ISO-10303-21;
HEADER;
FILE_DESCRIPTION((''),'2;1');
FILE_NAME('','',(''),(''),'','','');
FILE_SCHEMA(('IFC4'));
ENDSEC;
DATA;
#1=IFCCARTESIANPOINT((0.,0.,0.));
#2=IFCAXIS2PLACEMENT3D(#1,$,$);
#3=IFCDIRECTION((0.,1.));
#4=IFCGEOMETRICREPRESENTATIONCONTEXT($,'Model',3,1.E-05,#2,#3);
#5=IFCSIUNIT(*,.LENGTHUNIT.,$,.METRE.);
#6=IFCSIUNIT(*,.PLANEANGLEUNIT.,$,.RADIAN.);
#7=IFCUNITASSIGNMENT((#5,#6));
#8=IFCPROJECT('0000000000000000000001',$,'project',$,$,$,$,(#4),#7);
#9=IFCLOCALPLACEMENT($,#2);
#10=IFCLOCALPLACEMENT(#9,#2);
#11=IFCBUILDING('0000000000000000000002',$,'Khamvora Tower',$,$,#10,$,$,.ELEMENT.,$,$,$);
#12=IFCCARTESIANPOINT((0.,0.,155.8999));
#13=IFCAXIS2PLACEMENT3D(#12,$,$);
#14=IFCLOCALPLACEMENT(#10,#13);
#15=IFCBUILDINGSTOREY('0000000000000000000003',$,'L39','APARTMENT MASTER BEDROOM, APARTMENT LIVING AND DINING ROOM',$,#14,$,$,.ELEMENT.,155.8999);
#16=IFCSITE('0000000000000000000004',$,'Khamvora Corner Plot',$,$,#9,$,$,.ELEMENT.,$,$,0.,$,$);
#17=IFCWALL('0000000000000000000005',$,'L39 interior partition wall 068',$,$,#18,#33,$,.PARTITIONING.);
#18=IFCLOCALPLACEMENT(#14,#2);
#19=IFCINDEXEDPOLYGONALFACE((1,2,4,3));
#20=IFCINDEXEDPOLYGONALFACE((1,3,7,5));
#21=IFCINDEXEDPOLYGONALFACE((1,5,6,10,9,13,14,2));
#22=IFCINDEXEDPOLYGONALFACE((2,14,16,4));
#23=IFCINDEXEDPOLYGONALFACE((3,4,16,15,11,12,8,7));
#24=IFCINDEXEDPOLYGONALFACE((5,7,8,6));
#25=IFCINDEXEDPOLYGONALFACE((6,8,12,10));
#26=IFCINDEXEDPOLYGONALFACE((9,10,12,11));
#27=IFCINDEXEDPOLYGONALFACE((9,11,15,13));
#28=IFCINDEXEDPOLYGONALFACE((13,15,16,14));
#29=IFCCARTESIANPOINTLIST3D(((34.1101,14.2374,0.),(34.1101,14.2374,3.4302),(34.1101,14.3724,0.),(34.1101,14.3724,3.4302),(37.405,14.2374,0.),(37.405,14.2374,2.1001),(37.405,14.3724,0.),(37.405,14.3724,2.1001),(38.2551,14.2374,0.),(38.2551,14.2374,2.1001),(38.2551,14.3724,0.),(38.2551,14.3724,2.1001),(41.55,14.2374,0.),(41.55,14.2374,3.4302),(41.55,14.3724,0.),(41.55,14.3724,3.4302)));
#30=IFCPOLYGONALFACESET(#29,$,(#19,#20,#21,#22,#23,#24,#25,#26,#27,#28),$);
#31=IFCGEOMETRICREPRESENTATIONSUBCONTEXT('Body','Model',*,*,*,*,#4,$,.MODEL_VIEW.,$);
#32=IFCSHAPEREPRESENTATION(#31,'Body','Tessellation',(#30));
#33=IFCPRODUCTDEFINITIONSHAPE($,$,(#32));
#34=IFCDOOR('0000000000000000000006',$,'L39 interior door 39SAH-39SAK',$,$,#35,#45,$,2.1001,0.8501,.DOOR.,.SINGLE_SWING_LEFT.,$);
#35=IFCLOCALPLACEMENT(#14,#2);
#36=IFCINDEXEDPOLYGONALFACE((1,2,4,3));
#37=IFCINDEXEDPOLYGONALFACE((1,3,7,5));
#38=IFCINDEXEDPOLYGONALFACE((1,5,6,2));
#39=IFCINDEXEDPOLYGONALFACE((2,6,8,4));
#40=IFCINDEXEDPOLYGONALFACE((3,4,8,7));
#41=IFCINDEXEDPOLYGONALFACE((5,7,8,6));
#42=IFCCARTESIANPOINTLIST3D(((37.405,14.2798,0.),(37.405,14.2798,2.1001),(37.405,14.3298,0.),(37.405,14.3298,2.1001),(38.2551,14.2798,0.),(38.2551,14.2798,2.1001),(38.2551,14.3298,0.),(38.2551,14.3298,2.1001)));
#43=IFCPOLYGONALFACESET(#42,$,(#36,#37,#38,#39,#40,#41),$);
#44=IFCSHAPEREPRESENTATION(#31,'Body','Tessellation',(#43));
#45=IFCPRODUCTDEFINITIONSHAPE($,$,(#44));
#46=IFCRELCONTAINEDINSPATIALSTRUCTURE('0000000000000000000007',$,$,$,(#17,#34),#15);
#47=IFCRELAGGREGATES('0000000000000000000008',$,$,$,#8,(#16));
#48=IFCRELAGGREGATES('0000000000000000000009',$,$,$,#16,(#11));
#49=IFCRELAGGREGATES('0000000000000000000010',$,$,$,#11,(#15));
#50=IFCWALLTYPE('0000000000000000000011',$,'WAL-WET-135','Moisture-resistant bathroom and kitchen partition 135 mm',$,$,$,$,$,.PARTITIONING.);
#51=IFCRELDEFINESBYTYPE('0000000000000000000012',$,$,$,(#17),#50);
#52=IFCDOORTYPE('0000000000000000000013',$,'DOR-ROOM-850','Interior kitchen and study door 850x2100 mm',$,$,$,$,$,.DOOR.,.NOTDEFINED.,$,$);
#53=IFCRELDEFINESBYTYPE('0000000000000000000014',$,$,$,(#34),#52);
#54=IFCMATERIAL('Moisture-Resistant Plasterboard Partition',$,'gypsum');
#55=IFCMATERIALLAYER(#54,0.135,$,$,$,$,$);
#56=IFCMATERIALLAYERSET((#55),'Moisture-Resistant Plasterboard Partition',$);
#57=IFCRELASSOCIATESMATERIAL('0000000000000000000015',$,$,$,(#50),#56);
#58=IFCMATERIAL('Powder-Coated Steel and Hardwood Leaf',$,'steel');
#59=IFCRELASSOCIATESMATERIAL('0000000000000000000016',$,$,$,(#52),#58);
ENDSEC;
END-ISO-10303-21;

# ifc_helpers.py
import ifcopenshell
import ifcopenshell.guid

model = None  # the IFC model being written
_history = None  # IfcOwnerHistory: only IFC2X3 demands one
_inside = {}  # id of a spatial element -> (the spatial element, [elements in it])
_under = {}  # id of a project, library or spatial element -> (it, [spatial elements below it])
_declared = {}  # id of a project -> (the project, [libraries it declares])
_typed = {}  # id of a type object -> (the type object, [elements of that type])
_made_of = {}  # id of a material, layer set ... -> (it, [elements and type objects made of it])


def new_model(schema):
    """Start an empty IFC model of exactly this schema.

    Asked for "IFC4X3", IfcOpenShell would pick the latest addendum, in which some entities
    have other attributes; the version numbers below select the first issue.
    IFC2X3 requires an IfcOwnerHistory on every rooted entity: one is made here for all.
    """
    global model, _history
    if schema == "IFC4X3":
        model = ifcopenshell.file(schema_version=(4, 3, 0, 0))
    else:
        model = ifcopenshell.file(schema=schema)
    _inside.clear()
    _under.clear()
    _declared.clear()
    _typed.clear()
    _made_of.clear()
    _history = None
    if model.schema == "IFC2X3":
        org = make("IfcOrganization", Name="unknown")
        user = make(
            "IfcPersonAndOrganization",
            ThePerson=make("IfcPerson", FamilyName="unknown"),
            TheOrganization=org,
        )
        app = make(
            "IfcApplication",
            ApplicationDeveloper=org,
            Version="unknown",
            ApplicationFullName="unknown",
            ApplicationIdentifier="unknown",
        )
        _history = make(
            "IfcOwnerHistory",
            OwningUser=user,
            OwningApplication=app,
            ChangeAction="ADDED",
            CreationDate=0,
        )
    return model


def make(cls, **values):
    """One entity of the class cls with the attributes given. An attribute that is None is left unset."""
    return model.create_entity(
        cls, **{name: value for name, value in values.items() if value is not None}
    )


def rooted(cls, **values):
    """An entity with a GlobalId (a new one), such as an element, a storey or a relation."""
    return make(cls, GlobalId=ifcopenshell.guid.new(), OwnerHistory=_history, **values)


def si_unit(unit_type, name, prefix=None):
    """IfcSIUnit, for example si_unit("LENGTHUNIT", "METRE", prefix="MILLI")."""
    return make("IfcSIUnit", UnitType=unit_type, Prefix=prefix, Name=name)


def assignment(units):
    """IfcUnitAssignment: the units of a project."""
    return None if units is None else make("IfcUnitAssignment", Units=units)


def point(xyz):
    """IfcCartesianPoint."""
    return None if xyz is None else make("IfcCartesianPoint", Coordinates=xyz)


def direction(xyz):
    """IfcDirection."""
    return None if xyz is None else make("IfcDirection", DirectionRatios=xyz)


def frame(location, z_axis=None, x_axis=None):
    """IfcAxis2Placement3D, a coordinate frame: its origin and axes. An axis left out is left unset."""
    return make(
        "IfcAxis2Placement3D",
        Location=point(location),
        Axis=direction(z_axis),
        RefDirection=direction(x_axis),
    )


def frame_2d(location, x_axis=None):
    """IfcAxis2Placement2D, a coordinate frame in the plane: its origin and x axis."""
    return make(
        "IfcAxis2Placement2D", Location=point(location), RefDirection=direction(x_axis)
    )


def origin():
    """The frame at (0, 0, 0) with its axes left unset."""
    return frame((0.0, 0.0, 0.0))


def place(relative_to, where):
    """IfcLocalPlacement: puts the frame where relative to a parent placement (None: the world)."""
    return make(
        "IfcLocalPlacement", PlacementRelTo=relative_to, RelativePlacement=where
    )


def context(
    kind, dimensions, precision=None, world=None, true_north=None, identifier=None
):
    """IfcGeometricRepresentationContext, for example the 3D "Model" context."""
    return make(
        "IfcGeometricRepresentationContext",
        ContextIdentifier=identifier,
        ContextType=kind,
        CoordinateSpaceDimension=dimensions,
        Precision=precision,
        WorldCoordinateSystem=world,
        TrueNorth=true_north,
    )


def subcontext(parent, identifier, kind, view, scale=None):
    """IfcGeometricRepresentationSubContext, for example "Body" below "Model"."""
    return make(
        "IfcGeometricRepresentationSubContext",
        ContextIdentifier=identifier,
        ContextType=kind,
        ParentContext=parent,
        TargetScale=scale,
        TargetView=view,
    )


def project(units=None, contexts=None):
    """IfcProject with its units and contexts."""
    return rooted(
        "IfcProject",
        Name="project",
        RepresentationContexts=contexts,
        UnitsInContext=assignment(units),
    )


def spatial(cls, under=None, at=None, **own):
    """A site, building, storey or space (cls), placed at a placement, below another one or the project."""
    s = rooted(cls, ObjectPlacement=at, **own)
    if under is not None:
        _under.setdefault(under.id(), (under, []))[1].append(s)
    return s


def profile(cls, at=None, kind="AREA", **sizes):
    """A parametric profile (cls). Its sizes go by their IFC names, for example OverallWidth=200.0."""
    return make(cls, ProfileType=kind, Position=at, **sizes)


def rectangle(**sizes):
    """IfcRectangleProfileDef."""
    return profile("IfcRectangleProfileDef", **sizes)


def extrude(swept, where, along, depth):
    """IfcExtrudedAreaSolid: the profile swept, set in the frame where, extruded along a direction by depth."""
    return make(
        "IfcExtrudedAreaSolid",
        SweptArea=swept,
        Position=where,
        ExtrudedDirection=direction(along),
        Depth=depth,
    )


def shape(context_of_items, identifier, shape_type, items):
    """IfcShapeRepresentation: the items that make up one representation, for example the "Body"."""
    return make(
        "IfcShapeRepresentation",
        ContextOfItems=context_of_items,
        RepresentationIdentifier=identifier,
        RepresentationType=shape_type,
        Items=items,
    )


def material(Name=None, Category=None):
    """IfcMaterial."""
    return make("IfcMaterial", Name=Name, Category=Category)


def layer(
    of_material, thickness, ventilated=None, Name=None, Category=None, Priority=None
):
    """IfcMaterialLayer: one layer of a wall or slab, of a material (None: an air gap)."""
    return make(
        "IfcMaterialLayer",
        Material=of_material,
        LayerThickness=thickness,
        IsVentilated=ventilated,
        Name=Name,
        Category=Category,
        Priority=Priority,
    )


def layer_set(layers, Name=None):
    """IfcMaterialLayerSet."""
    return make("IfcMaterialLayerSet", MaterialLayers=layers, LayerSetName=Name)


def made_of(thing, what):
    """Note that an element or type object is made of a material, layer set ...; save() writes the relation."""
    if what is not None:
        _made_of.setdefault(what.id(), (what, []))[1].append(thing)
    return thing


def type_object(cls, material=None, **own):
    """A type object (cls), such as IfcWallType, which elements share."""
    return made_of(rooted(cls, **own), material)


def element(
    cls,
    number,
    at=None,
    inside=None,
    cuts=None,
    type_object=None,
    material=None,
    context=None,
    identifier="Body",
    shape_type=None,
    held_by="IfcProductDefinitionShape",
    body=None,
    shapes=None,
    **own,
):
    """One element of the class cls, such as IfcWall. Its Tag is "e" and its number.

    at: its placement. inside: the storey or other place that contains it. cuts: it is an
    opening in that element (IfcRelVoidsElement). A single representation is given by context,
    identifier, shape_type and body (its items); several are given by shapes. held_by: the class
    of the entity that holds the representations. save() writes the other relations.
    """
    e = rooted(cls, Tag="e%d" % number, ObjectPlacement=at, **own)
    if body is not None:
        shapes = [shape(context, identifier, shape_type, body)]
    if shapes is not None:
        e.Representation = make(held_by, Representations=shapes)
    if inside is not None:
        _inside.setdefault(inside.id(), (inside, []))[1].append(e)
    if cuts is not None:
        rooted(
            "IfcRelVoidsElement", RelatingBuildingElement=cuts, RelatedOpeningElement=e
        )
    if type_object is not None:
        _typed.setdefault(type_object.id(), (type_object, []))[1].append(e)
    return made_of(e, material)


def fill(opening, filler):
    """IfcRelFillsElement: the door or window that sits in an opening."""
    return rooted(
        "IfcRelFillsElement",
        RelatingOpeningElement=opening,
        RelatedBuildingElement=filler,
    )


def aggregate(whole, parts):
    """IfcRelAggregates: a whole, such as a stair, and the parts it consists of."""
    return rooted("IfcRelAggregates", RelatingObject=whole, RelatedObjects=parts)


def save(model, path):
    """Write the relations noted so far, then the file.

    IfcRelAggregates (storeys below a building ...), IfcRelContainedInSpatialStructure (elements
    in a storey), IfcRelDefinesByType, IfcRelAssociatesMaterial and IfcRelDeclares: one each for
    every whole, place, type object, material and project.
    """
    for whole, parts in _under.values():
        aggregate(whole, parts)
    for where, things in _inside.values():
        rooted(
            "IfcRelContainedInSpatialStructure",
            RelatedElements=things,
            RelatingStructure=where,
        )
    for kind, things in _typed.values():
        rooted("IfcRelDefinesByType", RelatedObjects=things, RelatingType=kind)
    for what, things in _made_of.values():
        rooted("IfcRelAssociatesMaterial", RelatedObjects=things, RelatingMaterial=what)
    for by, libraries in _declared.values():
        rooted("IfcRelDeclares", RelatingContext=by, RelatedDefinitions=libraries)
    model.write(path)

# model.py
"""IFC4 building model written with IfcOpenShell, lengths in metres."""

from ifc_helpers import new_model, si_unit, direction, frame, frame_2d, origin, place, context, subcontext, project, spatial, rectangle, extrude, material, layer, layer_set, type_object, element, fill, save


model = new_model("IFC4")

# Units and contexts
model_context = context("Model", 3, precision=1e-05, world=origin(), true_north=direction((0.0, 1.0)))
body_context = subcontext(model_context, "Body", "Model", "MODEL_VIEW")
ifc_project = project(units=[si_unit("LENGTHUNIT", "METRE"), si_unit("PLANEANGLEUNIT", "RADIAN")], contexts=[model_context])

# Site, building, storey
site_placement = place(None, origin())
site = spatial("IfcSite", under=ifc_project, at=site_placement, Name="Khamvora Corner Plot", CompositionType="ELEMENT", RefElevation=0.0)
building_placement = place(site_placement, origin())
building = spatial("IfcBuilding", under=site, at=building_placement, Name="Khamvora Tower", CompositionType="ELEMENT")
storey_placement = place(building_placement, frame((0.0, 0.0, 155.8999)))
storey = spatial("IfcBuildingStorey", under=building, at=storey_placement, Name="L39", Description="APARTMENT MASTER BEDROOM, APARTMENT LIVING AND DINING ROOM", CompositionType="ELEMENT", Elevation=155.8999)

# Shared definitions
ifc_material_1 = material(Name="Powder-Coated Steel and Hardwood Leaf", Category="steel")

# Shared definitions
ifc_material_2 = material(Name="Moisture-Resistant Plasterboard Partition", Category="gypsum")
ifc_layer_1 = layer(ifc_material_2, 0.135)
ifc_layer_set_1 = layer_set([ifc_layer_1], Name="Moisture-Resistant Plasterboard Partition")
wall_type_1 = type_object("IfcWallType", Name="WAL-WET-135", Description="Moisture-resistant bathroom and kitchen partition 135 mm", PredefinedType="PARTITIONING", material=ifc_layer_set_1)

# Wall, opening, door
wall_1_placement = place(storey_placement, frame((34.1101, 14.3049, 0.0), z_axis=(0.0, 0.0, 1.0), x_axis=(1.0, 0.0, 0.0)))
wall_1 = element("IfcWall", 1, at=wall_1_placement, inside=storey, type_object=wall_type_1, Name="L39 interior partition wall 068", PredefinedType="PARTITIONING", context=body_context, shape_type="SweptSolid", body=[
    extrude(rectangle(XDim=7.4399, YDim=0.135, at=frame_2d((3.72, 0.0))), origin(), (0.0, 0.0, 1.0), 3.4302),
])
opening_1_placement = place(wall_1_placement, frame((3.2949, 0.0, 0.0)))
opening_1 = element("IfcOpeningElement", 2, at=opening_1_placement, cuts=wall_1, PredefinedType="OPENING", context=body_context, shape_type="SweptSolid", body=[
    extrude(rectangle(XDim=0.8501, YDim=2.1001, at=frame_2d((0.425, 1.05))), frame((0.0, 0.0774, 0.0), z_axis=(0.0, -1.0, 0.0), x_axis=(1.0, 0.0, 0.0)), (0.0, 0.0, 1.0), 0.155),
])
door_type_1 = type_object("IfcDoorType", Name="DOR-ROOM-850", Description="Interior kitchen and study door 850x2100 mm", OperationType="NOTDEFINED", PredefinedType="DOOR", material=ifc_material_1)
door_1_placement = place(opening_1_placement, origin())
door_1 = element("IfcDoor", 3, at=door_1_placement, inside=storey, type_object=door_type_1, Name="L39 interior door 39SAH-39SAK", OperationType="SINGLE_SWING_LEFT", OverallHeight=2.1001, OverallWidth=0.8501, PredefinedType="DOOR", context=body_context, shape_type="SweptSolid", body=[
    extrude(rectangle(XDim=0.8501, YDim=2.1001, at=frame_2d((0.425, 1.05))), frame((0.0, 0.0249, 0.0), z_axis=(0.0, -1.0, 0.0), x_axis=(1.0, 0.0, 0.0)), (0.0, 0.0, 1.0), 0.05),
])
fill(opening_1, door_1)

save(model, "model.ifc")
